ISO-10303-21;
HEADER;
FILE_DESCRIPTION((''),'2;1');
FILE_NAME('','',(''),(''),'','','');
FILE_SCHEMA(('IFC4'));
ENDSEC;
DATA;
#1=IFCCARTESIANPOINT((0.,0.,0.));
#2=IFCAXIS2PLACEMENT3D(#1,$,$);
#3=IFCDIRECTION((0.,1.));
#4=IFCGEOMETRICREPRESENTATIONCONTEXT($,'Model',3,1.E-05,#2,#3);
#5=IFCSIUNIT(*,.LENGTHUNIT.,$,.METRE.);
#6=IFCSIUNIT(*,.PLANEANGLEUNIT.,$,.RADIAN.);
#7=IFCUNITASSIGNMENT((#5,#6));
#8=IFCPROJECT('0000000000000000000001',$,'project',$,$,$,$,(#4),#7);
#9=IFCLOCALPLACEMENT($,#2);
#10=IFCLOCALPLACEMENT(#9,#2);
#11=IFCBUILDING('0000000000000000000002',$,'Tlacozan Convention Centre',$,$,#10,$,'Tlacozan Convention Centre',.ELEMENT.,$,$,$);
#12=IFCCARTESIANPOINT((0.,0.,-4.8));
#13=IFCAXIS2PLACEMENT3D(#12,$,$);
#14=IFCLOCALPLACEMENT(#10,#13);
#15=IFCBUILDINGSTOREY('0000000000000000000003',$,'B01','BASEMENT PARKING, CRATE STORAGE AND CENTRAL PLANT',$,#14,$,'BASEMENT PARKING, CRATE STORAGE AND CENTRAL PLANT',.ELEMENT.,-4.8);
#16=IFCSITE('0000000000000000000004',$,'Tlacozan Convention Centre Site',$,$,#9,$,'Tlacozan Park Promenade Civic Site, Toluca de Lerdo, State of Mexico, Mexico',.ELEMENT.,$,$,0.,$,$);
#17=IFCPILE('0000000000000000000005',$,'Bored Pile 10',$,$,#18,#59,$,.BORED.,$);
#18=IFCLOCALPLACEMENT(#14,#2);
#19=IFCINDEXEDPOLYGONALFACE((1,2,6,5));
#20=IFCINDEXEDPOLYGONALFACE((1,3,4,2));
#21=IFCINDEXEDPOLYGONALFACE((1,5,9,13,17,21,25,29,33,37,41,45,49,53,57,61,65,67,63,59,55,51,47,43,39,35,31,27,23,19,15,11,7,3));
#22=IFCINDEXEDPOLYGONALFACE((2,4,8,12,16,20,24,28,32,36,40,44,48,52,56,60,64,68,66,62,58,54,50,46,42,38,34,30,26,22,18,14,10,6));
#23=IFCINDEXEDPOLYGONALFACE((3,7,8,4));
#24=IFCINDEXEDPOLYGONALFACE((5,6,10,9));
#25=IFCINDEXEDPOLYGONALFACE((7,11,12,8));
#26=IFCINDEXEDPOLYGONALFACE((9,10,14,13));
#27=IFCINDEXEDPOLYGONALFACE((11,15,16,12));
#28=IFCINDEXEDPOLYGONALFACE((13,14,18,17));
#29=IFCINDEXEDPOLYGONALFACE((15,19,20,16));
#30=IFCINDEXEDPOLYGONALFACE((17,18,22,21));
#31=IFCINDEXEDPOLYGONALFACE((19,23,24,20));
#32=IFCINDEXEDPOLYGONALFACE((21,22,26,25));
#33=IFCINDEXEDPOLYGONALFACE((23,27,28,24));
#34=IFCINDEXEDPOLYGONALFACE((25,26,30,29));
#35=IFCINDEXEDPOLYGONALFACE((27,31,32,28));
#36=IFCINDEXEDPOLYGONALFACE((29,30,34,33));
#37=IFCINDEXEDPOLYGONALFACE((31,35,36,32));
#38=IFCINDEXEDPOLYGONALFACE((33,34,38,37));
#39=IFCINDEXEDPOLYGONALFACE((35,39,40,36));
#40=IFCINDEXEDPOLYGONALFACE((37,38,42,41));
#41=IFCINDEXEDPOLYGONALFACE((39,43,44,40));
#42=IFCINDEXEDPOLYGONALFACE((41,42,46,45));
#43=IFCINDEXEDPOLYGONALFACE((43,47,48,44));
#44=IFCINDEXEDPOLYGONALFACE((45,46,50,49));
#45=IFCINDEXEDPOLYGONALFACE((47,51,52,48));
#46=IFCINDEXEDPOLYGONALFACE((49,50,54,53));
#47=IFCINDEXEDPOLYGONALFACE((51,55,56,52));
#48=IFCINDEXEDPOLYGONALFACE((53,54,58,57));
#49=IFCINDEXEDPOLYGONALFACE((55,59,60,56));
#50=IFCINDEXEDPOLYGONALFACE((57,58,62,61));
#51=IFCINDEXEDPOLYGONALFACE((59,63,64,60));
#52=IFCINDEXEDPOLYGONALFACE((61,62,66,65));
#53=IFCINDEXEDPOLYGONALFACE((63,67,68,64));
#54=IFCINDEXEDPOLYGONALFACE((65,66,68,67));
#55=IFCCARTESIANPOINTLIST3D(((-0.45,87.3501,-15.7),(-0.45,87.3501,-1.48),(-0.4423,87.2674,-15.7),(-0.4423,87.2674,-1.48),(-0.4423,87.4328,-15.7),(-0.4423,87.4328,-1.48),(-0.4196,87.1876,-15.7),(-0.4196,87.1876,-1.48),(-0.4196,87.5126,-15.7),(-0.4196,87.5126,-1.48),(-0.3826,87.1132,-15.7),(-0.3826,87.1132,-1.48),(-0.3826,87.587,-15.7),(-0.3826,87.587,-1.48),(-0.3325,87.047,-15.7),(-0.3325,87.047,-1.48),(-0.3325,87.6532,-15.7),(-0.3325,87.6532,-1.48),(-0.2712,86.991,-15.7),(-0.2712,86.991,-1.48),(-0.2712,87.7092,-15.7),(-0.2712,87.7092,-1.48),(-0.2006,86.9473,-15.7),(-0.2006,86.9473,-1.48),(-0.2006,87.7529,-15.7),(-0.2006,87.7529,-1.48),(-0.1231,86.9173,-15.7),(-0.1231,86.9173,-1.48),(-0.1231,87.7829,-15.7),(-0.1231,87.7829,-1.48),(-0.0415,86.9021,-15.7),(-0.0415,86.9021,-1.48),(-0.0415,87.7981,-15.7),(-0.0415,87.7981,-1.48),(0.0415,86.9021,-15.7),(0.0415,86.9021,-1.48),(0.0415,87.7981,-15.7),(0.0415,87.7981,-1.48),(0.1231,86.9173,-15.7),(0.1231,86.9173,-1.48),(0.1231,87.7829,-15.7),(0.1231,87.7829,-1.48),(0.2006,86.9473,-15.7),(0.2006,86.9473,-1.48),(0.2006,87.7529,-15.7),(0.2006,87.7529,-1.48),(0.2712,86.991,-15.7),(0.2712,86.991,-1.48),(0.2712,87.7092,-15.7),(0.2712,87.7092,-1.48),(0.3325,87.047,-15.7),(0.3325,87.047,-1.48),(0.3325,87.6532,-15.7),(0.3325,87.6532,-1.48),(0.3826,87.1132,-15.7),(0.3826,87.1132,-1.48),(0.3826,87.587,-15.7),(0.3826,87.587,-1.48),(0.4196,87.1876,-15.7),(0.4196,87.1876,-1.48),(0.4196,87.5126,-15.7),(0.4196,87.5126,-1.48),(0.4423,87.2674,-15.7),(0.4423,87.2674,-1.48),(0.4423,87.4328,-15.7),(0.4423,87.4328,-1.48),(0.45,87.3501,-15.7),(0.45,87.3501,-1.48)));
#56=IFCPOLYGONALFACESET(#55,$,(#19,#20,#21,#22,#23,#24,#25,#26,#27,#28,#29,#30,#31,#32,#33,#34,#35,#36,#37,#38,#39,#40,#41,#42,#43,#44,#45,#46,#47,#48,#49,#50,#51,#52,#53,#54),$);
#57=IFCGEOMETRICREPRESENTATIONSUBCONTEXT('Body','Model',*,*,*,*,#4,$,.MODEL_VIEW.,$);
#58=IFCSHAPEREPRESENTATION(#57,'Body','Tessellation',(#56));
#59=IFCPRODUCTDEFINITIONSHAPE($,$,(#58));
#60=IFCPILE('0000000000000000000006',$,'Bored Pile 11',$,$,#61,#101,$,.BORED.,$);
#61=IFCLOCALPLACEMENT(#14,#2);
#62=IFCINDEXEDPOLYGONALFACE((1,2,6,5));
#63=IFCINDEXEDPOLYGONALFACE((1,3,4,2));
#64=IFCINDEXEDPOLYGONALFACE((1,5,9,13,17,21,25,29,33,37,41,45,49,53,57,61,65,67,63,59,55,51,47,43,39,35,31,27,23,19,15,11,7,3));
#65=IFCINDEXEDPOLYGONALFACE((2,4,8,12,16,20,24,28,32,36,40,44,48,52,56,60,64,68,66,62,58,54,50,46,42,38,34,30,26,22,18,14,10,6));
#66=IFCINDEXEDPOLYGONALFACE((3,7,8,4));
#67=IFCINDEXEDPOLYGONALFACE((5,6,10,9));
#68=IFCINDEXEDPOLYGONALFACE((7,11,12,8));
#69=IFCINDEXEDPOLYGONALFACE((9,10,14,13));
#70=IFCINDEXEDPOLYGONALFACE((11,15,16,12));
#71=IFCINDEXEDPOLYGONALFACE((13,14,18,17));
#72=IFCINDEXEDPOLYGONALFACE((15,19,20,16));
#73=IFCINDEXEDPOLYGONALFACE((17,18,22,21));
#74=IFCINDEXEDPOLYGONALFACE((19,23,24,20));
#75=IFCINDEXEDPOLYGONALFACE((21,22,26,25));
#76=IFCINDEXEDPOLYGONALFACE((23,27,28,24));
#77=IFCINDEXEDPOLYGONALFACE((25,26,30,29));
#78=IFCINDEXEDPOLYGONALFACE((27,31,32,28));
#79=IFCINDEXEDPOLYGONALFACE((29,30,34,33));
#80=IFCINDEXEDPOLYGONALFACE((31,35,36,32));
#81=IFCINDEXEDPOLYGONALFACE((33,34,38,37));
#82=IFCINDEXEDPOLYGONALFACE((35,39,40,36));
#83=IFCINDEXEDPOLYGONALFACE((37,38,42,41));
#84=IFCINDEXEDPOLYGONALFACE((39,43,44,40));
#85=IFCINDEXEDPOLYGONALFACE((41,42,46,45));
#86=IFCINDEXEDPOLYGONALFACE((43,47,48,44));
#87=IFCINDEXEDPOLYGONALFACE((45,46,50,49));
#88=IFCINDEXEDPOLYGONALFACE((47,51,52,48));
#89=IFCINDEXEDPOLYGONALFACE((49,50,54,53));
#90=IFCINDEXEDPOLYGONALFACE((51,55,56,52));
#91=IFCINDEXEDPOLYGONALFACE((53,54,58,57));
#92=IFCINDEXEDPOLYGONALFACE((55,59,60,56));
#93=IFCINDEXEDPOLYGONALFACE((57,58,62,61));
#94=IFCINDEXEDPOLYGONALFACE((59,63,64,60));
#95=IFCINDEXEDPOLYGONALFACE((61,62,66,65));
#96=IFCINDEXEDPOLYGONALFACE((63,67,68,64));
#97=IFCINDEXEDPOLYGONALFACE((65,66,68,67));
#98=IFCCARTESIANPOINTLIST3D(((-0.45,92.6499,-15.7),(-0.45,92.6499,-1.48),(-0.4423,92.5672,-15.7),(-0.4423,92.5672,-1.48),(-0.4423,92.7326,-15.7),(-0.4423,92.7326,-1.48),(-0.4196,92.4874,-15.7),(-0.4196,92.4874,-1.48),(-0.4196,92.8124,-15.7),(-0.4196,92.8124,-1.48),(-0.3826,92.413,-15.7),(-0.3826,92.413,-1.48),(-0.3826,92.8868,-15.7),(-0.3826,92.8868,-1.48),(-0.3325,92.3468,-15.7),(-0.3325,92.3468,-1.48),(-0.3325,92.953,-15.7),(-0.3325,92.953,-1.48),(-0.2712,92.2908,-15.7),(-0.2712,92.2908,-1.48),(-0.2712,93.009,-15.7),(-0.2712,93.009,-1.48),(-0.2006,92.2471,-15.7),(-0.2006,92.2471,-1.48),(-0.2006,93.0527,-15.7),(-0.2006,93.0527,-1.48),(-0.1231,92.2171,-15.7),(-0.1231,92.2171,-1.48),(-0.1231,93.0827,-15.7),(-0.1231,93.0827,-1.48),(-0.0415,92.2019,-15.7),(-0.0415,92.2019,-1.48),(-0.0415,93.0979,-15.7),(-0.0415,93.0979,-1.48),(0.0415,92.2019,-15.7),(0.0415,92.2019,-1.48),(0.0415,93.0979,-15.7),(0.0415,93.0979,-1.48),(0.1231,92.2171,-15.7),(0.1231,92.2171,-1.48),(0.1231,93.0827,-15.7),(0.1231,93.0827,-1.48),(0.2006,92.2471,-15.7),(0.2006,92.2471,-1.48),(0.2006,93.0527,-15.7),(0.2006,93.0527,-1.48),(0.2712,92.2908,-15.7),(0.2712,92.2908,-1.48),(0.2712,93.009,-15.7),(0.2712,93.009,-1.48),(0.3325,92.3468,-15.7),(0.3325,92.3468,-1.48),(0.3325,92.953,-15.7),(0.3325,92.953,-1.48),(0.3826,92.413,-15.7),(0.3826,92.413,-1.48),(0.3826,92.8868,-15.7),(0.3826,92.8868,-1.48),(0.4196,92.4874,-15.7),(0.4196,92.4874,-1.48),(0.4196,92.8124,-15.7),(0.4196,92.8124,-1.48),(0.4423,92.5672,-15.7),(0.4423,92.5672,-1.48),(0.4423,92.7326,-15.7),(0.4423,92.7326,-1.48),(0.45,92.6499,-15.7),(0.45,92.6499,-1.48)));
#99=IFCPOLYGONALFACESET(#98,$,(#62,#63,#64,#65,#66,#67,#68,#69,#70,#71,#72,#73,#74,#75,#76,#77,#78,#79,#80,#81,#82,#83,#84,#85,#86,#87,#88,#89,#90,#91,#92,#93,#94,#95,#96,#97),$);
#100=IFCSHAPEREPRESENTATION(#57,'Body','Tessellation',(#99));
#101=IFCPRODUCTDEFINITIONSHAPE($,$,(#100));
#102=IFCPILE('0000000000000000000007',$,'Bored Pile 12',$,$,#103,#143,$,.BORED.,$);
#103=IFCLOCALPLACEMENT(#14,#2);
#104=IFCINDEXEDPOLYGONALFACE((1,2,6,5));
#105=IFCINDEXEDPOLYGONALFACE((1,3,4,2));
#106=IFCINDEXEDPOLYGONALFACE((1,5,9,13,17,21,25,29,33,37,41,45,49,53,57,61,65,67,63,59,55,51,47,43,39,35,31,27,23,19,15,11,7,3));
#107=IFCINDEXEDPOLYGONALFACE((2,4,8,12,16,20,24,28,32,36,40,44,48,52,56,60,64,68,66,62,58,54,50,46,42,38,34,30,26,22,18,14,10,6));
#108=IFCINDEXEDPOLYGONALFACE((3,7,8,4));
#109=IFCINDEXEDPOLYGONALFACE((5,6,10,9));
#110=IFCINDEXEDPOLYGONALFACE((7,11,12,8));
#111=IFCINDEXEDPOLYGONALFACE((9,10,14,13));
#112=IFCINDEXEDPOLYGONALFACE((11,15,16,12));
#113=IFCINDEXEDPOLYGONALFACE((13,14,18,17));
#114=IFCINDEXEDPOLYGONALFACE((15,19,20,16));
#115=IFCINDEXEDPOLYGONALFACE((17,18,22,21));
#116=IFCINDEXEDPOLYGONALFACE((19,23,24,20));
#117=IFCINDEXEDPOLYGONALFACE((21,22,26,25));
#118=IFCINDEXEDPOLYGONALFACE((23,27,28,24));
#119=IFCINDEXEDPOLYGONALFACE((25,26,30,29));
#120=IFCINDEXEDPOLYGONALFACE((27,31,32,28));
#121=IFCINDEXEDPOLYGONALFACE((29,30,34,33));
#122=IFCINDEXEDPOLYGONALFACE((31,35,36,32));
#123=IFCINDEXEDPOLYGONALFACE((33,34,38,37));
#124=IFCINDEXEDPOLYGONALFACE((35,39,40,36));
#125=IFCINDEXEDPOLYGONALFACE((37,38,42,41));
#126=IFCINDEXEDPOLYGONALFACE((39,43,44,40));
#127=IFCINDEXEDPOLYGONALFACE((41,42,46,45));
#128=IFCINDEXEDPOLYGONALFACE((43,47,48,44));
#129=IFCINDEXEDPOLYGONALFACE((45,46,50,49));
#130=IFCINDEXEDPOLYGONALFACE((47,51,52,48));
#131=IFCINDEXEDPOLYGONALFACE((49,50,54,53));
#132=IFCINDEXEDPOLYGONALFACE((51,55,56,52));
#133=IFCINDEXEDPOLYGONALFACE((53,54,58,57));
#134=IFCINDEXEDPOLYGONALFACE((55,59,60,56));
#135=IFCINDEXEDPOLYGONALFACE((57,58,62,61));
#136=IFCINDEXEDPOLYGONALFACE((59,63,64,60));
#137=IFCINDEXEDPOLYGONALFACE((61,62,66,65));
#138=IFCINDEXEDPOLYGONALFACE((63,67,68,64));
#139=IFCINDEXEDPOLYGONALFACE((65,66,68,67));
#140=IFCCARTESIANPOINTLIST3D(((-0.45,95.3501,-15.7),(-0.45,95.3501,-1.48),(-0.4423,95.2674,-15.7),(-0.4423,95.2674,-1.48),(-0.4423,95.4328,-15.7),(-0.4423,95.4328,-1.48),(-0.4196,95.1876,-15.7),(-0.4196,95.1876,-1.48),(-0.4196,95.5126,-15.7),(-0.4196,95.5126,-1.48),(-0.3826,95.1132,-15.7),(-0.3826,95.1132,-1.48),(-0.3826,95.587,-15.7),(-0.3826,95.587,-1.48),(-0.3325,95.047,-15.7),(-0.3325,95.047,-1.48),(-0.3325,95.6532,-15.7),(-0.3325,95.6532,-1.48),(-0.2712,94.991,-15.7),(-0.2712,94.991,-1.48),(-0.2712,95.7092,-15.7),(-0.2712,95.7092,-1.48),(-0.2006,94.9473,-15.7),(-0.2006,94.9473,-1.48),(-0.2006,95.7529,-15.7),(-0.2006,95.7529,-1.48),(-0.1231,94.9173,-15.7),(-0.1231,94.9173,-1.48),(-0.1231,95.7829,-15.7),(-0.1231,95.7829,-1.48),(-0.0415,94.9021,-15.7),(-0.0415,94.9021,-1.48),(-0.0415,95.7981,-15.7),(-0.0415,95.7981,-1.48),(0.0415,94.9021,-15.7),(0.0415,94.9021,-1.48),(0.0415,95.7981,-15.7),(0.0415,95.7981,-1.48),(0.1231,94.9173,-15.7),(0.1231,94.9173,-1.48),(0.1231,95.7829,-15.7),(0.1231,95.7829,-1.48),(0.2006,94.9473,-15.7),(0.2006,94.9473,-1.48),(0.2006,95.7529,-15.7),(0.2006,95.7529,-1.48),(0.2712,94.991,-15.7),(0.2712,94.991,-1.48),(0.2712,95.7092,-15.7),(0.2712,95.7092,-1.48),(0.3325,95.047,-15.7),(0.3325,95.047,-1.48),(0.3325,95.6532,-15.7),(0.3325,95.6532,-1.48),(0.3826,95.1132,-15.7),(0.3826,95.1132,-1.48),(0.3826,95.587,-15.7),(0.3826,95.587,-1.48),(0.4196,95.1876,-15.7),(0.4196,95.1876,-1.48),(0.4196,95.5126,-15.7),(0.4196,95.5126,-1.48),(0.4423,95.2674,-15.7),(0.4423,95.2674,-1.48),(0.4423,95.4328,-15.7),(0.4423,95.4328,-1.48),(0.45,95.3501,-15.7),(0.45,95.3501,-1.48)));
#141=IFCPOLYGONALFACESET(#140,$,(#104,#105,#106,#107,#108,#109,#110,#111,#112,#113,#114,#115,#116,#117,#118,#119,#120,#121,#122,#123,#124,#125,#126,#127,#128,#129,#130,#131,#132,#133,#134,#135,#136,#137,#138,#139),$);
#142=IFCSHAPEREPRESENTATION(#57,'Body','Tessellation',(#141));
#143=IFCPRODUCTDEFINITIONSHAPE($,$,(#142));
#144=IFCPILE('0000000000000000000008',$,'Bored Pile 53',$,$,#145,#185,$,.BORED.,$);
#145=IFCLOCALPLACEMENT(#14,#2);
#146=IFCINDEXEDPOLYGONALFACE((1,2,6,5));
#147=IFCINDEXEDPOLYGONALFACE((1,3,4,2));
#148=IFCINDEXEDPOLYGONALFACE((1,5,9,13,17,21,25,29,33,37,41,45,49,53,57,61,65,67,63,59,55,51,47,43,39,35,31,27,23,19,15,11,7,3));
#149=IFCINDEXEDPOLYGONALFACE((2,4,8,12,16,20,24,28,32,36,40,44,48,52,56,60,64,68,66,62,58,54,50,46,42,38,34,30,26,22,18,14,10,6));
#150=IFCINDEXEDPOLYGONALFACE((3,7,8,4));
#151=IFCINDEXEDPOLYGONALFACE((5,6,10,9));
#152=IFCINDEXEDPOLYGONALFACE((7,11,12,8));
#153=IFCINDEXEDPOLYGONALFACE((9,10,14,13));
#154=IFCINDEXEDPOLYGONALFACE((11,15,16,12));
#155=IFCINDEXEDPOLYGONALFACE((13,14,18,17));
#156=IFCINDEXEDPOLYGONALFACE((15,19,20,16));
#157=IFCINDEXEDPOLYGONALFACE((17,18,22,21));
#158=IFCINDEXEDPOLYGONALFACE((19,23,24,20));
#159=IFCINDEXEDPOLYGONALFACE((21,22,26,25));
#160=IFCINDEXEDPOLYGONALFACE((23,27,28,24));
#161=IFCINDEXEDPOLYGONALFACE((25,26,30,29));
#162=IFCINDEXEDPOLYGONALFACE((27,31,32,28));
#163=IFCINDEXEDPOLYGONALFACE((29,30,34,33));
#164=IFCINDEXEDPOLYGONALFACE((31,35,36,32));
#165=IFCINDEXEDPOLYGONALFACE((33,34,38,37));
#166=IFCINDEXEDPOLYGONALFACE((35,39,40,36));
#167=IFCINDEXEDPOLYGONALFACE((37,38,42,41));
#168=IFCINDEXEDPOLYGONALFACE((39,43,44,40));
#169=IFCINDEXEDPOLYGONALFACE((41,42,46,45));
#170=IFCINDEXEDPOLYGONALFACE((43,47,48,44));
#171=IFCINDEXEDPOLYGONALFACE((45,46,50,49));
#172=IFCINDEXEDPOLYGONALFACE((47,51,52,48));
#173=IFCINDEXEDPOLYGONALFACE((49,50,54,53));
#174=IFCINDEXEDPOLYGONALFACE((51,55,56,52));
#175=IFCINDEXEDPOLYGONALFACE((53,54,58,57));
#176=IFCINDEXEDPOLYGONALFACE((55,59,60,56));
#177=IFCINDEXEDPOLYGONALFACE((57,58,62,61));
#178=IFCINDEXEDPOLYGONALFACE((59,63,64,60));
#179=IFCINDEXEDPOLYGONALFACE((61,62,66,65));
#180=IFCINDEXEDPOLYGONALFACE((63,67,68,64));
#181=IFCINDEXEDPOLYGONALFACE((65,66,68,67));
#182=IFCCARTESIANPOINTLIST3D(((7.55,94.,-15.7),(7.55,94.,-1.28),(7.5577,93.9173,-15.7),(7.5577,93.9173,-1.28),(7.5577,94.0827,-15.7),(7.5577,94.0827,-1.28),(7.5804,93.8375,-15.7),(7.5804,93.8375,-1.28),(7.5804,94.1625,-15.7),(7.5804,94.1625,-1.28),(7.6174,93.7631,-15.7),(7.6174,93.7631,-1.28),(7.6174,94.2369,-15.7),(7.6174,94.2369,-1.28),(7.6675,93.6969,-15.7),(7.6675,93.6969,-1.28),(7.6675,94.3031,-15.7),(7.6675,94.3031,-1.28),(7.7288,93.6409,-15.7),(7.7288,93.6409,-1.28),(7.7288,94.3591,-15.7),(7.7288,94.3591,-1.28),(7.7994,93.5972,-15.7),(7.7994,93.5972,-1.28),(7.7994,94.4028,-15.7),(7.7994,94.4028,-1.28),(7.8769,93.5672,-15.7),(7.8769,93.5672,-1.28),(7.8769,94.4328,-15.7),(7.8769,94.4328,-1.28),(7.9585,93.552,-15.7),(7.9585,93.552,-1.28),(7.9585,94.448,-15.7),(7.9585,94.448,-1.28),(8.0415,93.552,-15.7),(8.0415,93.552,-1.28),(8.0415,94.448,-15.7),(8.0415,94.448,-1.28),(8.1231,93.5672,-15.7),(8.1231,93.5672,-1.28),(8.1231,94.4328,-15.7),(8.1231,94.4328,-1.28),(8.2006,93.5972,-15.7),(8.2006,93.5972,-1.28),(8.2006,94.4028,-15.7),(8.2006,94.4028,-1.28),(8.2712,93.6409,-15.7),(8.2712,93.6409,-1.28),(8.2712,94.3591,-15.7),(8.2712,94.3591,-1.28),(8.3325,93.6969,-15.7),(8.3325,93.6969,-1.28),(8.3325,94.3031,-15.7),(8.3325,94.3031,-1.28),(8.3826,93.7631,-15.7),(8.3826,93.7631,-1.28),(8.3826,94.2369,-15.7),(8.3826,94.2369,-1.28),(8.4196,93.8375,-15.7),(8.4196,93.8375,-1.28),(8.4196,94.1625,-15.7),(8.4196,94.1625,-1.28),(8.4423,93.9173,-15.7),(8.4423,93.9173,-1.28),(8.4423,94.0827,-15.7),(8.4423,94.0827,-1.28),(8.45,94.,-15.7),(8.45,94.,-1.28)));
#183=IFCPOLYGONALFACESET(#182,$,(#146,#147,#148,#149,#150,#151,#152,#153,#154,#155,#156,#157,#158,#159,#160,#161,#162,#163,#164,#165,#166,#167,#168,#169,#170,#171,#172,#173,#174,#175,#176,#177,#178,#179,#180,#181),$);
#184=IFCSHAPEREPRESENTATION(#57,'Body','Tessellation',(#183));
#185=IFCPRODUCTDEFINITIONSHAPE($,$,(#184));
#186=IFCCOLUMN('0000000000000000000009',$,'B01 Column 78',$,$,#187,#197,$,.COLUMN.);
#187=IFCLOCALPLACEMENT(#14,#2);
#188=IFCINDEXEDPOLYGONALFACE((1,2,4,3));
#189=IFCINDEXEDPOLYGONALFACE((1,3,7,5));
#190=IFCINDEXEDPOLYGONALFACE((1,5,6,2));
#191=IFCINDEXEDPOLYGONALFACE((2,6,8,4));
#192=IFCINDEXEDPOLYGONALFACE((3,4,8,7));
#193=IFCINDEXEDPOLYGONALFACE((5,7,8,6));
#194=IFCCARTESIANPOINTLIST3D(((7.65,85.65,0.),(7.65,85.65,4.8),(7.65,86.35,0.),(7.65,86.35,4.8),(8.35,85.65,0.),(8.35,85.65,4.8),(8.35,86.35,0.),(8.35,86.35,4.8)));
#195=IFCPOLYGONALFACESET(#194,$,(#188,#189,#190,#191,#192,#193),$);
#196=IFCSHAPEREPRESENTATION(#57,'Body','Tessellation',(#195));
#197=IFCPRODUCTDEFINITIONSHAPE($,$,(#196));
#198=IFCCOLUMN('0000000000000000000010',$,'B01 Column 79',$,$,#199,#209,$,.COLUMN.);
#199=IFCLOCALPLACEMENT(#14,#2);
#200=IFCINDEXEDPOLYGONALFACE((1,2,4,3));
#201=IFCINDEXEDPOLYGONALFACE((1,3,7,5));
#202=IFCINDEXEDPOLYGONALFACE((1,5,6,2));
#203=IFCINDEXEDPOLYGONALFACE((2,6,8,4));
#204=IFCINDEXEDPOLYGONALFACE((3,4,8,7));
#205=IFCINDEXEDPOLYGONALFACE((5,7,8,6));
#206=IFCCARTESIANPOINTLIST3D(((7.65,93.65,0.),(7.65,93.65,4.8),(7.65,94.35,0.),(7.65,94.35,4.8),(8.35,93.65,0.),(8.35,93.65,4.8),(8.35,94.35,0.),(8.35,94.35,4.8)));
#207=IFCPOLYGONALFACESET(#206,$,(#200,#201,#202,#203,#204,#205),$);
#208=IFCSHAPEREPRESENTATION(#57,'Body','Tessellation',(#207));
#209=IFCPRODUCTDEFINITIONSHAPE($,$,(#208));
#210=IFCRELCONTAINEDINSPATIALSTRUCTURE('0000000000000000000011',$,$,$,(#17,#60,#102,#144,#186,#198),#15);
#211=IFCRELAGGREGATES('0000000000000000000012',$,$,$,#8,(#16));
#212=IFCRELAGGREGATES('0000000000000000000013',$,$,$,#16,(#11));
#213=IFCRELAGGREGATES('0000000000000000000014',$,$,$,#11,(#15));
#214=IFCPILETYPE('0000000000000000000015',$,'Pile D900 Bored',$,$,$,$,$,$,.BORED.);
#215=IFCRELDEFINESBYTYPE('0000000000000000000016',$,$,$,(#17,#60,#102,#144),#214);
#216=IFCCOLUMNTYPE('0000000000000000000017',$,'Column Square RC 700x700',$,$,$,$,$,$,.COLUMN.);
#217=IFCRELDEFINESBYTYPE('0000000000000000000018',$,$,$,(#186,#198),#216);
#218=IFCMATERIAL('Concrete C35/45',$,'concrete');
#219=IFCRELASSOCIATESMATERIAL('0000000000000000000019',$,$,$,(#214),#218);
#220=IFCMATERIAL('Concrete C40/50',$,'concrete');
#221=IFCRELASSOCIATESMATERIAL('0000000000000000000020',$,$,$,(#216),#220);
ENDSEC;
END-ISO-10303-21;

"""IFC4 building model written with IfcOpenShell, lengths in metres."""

from ifc_helpers import new_model, si_unit, direction, frame, origin, origin_2d, place, context, subcontext, project, spatial, rectangle, circle, extrude, material, material_profile, profile_set, type_object, element, save


model = new_model("IFC4")

# Units and contexts
model_context = context("Model", 3, precision=1e-05, world=origin(), true_north=direction((0.0, 1.0)))
body_context = subcontext(model_context, "Body", "Model", "MODEL_VIEW")
ifc_project = project(units=[si_unit("LENGTHUNIT", "METRE"), si_unit("PLANEANGLEUNIT", "RADIAN")], contexts=[model_context])

# Site, building, storey
site_placement = place(None, origin())
site = spatial("IfcSite", under=ifc_project, at=site_placement, Name="Tlacozan Convention Centre Site", LongName="Tlacozan Park Promenade Civic Site, Toluca de Lerdo, State of Mexico, Mexico", CompositionType="ELEMENT", RefElevation=0.0)
building_placement = place(site_placement, origin())
building = spatial("IfcBuilding", under=site, at=building_placement, Name="Tlacozan Convention Centre", LongName="Tlacozan Convention Centre", CompositionType="ELEMENT")
storey_placement = place(building_placement, frame((0.0, 0.0, -4.8)))
storey = spatial("IfcBuildingStorey", under=building, at=storey_placement, Name="B01", Description="BASEMENT PARKING, CRATE STORAGE AND CENTRAL PLANT", LongName="BASEMENT PARKING, CRATE STORAGE AND CENTRAL PLANT", CompositionType="ELEMENT", Elevation=-4.8)

# Shared definitions
ifc_material_1 = material(Name="Concrete C35/45", Category="concrete")

# Piles
ifc_material_profile_1 = material_profile(ifc_material_1, circle(Radius=0.45, at=origin_2d()), Name="PILE D900")
ifc_profile_set_1 = profile_set([ifc_material_profile_1], Name="Concrete C35/45")
pile_type_1 = type_object("IfcPileType", Name="Pile D900 Bored", PredefinedType="BORED", material=ifc_profile_set_1)
for number, where, z_axis, x_axis, name in (
    (1, (0.0, 87.3501, -1.48), (0.0, 0.0, -1.0), (1.0, 0.0, 0.0), "Bored Pile 10"),
    (2, (0.0, 92.6499, -1.48), (0.0, 0.0, -1.0), (1.0, 0.0, 0.0), "Bored Pile 11"),
    (3, (0.0, 95.3501, -1.48), (0.0, 0.0, -1.0), (1.0, 0.0, 0.0), "Bored Pile 12"),
):
    element("IfcPile", number, at=place(storey_placement, frame(where, z_axis=z_axis, x_axis=x_axis)), inside=storey, type_object=pile_type_1, Name=name, PredefinedType="BORED", context=body_context, shape_type="SweptSolid", body=[
        extrude(circle(Radius=0.45, at=origin_2d()), origin(), (0.0, 0.0, 1.0), 14.22),
    ])
pile_1_placement = place(storey_placement, frame((8.0, 94.0, -1.28), z_axis=(0.0, 0.0, -1.0), x_axis=(1.0, 0.0, 0.0)))
element("IfcPile", 4, at=pile_1_placement, inside=storey, type_object=pile_type_1, Name="Bored Pile 53", PredefinedType="BORED", context=body_context, shape_type="SweptSolid", body=[
    extrude(circle(Radius=0.45, at=origin_2d()), origin(), (0.0, 0.0, 1.0), 14.4199),
])

# Columns
ifc_material_2 = material(Name="Concrete C40/50", Category="concrete")
ifc_material_profile_2 = material_profile(ifc_material_2, rectangle(XDim=0.7, YDim=0.7, at=origin_2d()), Name="RC 700x700")
ifc_profile_set_2 = profile_set([ifc_material_profile_2], Name="Concrete C40/50")
column_type_1 = type_object("IfcColumnType", Name="Column Square RC 700x700", PredefinedType="COLUMN", material=ifc_profile_set_2)
for number, where, z_axis, x_axis, name in (
    (5, (8.0, 86.0, 0.0), (0.0, 0.0, 1.0), (1.0, 0.0, 0.0), "B01 Column 78"),
    (6, (8.0, 94.0, 0.0), (0.0, 0.0, 1.0), (1.0, 0.0, 0.0), "B01 Column 79"),
):
    element("IfcColumn", number, at=place(storey_placement, frame(where, z_axis=z_axis, x_axis=x_axis)), inside=storey, type_object=column_type_1, Name=name, PredefinedType="COLUMN", context=body_context, shape_type="SweptSolid", body=[
        extrude(rectangle(XDim=0.7, YDim=0.7, at=origin_2d()), origin(), (0.0, 0.0, 1.0), 4.8),
    ])

save(model, "model.ifc")
